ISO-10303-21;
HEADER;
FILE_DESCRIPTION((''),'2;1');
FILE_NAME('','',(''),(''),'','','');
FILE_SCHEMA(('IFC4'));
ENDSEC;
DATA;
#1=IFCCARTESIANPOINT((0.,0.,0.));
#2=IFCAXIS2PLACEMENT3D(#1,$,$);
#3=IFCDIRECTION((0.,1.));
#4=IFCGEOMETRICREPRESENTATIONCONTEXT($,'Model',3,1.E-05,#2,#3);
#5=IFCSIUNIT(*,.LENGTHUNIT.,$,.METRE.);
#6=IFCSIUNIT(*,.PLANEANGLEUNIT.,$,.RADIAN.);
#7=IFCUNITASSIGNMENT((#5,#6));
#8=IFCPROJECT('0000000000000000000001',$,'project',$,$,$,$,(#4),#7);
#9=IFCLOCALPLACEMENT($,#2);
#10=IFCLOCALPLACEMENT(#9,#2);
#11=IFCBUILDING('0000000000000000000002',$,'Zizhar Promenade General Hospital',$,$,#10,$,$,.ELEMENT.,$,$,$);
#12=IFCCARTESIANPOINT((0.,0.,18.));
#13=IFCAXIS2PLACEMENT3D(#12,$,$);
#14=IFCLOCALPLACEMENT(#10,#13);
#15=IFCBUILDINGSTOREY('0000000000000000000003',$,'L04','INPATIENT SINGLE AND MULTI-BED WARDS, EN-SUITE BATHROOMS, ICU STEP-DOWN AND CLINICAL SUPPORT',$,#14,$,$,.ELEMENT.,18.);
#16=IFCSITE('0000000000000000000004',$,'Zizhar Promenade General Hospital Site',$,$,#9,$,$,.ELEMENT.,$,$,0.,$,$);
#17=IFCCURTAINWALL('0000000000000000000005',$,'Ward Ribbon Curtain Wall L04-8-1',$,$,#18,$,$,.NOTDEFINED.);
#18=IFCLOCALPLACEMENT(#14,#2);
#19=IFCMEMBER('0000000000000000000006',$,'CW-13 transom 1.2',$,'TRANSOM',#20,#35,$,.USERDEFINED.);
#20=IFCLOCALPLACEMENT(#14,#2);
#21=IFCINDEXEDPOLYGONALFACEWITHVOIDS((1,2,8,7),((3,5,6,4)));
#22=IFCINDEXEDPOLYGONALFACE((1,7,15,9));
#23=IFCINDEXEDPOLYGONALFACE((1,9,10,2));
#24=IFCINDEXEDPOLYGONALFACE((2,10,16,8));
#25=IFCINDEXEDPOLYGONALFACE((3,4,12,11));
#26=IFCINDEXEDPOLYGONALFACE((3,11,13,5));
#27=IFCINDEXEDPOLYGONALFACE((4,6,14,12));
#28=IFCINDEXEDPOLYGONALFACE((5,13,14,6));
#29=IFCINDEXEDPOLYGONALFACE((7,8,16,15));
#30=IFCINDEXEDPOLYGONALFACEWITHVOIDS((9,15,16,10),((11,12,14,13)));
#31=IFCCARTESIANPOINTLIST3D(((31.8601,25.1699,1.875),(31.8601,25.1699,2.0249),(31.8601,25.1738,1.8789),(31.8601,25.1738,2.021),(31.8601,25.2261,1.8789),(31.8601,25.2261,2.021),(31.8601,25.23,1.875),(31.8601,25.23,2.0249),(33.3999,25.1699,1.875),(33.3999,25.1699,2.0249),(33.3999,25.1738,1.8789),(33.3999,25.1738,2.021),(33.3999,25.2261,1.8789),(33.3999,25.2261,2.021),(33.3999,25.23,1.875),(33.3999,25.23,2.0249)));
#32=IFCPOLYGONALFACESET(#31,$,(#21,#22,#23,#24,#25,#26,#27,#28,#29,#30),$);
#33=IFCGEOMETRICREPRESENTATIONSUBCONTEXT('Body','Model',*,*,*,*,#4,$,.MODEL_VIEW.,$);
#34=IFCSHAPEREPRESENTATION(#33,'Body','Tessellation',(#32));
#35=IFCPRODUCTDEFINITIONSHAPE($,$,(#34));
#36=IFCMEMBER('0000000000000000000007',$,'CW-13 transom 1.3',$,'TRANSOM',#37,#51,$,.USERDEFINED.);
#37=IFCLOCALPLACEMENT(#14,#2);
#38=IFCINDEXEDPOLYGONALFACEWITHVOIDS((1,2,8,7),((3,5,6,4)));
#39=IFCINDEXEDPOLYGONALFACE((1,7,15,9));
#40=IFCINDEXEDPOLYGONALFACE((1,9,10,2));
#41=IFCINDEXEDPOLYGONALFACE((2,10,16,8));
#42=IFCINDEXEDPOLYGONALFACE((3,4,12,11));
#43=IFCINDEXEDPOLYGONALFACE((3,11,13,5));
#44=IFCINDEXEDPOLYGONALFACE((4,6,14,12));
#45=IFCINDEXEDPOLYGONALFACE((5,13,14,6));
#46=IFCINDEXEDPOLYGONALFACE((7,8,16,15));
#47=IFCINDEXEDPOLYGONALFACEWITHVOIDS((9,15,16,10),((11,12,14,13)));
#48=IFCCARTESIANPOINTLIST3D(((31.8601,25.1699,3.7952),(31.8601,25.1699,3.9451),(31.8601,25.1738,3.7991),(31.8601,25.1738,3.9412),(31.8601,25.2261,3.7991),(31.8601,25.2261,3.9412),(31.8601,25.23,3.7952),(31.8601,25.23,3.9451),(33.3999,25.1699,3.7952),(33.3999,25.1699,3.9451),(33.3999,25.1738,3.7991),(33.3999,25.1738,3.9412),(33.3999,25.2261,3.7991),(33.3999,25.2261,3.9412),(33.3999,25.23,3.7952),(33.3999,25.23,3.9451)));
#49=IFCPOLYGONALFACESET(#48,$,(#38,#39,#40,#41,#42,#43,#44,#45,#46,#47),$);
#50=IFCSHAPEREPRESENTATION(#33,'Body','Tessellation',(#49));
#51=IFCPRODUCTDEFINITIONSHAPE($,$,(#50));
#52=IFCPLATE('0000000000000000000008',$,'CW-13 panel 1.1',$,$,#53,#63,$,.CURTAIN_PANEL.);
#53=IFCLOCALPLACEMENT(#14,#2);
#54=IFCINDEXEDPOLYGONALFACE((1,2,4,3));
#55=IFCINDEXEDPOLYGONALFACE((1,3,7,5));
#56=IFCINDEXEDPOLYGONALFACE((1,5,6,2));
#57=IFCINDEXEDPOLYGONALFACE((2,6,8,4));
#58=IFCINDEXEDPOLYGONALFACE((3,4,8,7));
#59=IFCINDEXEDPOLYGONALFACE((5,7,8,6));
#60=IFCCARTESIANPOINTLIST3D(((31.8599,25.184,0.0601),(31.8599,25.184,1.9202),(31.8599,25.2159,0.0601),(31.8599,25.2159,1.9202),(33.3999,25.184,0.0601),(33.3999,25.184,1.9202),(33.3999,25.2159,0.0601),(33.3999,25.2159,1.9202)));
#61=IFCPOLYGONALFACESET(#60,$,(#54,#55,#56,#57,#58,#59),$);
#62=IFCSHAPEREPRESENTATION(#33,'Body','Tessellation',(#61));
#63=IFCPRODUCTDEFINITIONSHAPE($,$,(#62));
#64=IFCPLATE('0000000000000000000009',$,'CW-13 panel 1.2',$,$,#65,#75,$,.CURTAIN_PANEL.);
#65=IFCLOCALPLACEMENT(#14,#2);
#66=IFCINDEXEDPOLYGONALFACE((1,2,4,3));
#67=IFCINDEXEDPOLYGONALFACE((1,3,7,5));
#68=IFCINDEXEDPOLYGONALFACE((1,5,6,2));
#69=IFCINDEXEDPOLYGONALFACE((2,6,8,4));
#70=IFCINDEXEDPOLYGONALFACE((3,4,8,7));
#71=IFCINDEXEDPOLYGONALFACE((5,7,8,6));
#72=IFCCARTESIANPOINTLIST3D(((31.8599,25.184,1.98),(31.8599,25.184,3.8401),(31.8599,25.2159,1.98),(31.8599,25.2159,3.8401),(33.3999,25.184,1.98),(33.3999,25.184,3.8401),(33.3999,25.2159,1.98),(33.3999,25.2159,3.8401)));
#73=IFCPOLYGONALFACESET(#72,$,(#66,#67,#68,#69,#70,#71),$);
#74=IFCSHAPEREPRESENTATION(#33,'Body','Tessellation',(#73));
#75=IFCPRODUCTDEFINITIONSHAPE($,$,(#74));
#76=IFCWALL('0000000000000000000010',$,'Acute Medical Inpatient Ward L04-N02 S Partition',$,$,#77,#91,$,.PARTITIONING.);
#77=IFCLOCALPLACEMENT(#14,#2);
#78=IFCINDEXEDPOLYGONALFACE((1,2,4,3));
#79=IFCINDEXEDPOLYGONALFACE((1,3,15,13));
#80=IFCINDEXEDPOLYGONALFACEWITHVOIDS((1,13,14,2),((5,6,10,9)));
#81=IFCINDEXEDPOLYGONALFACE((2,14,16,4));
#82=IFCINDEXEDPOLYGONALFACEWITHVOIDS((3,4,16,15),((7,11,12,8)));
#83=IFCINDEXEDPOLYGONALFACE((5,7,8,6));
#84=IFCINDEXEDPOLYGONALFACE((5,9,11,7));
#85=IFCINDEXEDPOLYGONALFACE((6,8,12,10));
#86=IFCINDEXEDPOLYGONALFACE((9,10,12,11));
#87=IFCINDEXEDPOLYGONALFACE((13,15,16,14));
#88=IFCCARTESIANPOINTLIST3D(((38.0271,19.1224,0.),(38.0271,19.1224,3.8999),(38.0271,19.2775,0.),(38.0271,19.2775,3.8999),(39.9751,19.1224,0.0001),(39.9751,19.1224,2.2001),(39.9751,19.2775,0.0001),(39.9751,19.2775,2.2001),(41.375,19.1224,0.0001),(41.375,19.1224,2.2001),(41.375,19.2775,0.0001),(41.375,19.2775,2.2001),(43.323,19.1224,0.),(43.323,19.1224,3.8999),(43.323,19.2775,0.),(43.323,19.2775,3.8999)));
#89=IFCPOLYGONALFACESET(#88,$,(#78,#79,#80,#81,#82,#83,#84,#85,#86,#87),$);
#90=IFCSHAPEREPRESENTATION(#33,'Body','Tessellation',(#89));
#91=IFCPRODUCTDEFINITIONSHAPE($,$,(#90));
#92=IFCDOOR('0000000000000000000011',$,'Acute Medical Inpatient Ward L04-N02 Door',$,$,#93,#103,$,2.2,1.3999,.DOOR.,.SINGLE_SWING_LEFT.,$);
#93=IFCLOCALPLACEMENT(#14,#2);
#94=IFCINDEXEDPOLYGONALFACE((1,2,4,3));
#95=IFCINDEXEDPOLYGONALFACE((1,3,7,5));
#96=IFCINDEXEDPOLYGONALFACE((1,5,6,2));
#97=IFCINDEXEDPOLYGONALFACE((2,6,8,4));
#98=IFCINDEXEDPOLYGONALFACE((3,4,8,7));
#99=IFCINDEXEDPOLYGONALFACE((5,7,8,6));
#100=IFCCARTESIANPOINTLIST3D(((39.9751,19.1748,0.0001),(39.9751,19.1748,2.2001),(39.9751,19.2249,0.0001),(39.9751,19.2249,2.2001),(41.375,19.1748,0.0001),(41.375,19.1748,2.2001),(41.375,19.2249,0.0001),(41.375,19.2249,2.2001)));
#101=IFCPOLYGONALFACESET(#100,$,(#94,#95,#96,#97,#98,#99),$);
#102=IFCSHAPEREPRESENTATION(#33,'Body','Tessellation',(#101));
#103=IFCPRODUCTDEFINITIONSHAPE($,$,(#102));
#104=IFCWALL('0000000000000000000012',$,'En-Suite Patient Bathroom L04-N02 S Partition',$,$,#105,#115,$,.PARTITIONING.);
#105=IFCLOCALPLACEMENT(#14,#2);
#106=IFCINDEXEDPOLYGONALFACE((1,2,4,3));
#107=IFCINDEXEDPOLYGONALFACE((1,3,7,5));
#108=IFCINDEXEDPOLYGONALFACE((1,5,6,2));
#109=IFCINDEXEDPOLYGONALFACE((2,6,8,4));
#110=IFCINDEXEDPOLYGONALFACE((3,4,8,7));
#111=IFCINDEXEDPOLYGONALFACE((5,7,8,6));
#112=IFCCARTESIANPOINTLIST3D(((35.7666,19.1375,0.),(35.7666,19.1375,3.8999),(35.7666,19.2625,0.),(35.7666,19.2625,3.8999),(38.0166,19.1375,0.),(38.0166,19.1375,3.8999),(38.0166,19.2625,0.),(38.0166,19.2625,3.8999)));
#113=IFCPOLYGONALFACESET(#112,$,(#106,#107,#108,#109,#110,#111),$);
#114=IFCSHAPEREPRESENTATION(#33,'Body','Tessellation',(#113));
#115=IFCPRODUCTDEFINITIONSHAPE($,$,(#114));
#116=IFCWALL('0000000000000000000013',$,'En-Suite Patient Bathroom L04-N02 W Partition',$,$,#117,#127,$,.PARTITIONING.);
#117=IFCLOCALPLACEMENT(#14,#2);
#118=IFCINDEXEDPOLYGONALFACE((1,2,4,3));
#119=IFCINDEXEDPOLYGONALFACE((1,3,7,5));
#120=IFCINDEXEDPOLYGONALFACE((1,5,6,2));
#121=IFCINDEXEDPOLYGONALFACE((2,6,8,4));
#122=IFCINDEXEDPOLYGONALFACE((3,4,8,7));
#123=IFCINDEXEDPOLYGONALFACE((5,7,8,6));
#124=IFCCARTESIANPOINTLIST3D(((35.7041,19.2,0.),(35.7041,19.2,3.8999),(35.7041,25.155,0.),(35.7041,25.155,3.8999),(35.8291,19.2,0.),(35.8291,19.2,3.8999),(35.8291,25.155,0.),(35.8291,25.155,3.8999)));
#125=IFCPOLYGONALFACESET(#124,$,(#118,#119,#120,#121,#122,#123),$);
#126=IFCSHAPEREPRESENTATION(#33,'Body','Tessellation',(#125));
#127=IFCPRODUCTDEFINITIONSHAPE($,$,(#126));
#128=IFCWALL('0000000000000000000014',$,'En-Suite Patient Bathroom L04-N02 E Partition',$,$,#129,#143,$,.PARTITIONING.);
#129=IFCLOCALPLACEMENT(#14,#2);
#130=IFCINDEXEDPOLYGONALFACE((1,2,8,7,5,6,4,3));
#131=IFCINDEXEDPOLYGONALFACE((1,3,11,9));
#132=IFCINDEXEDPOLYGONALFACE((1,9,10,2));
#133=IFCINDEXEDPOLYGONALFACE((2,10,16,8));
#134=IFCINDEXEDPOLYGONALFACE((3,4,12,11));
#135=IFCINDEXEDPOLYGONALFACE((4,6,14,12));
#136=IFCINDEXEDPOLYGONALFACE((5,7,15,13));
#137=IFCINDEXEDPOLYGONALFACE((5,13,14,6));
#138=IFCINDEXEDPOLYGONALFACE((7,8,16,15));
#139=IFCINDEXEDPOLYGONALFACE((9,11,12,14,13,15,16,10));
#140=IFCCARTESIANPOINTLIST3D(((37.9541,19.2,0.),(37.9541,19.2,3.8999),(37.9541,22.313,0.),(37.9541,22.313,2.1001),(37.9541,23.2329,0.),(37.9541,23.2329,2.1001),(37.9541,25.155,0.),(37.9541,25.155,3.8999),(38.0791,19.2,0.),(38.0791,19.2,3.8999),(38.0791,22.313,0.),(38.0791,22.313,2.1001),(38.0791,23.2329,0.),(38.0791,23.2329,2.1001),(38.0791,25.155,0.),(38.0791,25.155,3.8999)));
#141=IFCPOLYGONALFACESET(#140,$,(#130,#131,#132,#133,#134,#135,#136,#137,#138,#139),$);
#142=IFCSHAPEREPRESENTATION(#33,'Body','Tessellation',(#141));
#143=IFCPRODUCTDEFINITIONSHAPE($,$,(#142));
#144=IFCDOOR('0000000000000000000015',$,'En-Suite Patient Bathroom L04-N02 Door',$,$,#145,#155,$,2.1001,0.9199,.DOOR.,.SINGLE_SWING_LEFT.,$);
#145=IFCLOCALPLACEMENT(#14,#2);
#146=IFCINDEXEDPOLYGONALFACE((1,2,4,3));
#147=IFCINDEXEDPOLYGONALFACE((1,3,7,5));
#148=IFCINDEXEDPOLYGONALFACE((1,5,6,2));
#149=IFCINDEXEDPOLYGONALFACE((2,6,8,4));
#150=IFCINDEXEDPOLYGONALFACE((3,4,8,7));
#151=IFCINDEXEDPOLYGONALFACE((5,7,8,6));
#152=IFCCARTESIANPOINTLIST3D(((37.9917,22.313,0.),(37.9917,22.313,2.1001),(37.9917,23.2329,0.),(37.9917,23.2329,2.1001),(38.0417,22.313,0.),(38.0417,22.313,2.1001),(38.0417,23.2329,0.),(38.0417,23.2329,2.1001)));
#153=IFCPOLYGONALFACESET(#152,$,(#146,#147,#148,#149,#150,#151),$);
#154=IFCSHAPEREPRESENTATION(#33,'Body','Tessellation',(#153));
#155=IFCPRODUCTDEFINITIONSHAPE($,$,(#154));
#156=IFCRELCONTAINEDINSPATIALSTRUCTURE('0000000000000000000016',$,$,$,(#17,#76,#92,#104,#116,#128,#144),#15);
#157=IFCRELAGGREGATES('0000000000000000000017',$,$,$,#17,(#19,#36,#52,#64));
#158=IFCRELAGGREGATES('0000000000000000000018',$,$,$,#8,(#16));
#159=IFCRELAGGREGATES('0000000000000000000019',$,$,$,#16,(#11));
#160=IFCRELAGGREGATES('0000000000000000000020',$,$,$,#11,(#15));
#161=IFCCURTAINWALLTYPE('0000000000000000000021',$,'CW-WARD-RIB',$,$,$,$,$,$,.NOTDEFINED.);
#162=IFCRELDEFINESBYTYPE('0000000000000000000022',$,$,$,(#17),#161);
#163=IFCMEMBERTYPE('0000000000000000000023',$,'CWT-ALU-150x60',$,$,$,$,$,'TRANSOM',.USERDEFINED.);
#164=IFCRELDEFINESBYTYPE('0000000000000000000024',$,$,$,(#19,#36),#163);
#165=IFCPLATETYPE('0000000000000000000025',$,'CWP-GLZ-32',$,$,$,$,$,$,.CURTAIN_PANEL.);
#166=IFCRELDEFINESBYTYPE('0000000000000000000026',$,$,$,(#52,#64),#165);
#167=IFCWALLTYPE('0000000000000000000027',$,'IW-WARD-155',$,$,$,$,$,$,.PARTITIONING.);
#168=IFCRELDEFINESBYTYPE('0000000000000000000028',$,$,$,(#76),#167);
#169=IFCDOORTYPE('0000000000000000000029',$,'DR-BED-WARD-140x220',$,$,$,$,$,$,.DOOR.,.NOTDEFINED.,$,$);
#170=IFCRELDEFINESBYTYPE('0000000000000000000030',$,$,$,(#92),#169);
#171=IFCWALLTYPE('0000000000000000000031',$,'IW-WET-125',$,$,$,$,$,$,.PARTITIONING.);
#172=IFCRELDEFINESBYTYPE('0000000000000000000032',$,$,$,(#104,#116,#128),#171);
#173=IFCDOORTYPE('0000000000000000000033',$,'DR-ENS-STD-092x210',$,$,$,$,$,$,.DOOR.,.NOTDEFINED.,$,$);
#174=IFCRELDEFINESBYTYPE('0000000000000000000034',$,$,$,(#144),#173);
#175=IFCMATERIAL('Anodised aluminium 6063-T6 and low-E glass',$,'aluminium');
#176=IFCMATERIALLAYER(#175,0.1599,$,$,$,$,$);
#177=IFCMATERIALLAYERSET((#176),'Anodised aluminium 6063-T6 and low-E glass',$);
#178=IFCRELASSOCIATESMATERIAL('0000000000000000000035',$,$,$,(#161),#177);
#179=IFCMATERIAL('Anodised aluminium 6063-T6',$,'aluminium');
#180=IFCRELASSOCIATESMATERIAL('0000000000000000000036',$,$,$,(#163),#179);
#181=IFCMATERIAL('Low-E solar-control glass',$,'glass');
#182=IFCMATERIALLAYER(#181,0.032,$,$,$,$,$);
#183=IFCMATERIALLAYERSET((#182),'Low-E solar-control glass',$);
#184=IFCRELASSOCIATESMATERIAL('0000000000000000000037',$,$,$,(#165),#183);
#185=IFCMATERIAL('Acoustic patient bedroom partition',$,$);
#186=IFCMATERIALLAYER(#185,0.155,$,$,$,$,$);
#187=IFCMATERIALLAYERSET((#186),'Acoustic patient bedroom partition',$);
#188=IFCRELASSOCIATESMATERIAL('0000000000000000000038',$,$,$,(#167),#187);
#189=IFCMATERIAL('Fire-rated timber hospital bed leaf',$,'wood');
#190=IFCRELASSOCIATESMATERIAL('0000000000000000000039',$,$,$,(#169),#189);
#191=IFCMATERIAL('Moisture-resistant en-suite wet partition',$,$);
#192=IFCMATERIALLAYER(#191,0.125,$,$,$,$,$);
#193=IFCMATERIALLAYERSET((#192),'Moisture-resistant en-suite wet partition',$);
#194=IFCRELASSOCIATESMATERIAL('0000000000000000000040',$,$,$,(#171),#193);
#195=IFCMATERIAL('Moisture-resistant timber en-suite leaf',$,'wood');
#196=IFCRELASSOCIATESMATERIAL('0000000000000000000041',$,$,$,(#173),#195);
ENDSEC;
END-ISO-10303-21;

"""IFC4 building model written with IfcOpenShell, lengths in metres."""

from ifc_helpers import new_model, si_unit, direction, frame, frame_2d, origin, origin_2d, place, context, subcontext, project, spatial, rectangle, hollow_rectangle, extrude, material, layer, layer_set, material_profile, profile_set, type_object, element, fill, aggregate, save


model = new_model("IFC4")

# Units and contexts
model_context = context("Model", 3, precision=1e-05, world=origin(), true_north=direction((0.0, 1.0)))
body_context = subcontext(model_context, "Body", "Model", "MODEL_VIEW")
ifc_project = project(units=[si_unit("LENGTHUNIT", "METRE"), si_unit("PLANEANGLEUNIT", "RADIAN")], contexts=[model_context])

# Site, building, storey
site_placement = place(None, origin())
site = spatial("IfcSite", under=ifc_project, at=site_placement, Name="Zizhar Promenade General Hospital Site", CompositionType="ELEMENT", RefElevation=0.0)
building_placement = place(site_placement, origin())
building = spatial("IfcBuilding", under=site, at=building_placement, Name="Zizhar Promenade General Hospital", CompositionType="ELEMENT")
storey_placement = place(building_placement, frame((0.0, 0.0, 18.0)))
storey = spatial("IfcBuildingStorey", under=building, at=storey_placement, Name="L04", Description="INPATIENT SINGLE AND MULTI-BED WARDS, EN-SUITE BATHROOMS, ICU STEP-DOWN AND CLINICAL SUPPORT", CompositionType="ELEMENT", Elevation=18.0)

# Curtain wall, members, plates
ifc_material_1 = material(Name="Anodised aluminium 6063-T6 and low-E glass", Category="aluminium")
ifc_layer_1 = layer(ifc_material_1, 0.1599)
ifc_layer_set_1 = layer_set([ifc_layer_1], Name="Anodised aluminium 6063-T6 and low-E glass")
curtain_wall_type = type_object("IfcCurtainWallType", Name="CW-WARD-RIB", PredefinedType="NOTDEFINED", material=ifc_layer_set_1)
curtain_wall_placement = place(storey_placement, origin())
curtain_wall = element("IfcCurtainWall", 1, at=curtain_wall_placement, inside=storey, type_object=curtain_wall_type, Name="Ward Ribbon Curtain Wall L04-8-1", PredefinedType="NOTDEFINED")
ifc_material_2 = material(Name="Anodised aluminium 6063-T6", Category="aluminium")
ifc_material_profile_1 = material_profile(ifc_material_2, hollow_rectangle(XDim=0.0601, YDim=0.1499, WallThickness=0.0039, at=origin_2d()))
ifc_profile_set_1 = profile_set([ifc_material_profile_1], Name="Anodised aluminium 6063-T6")
member_type_1 = type_object("IfcMemberType", Name="CWT-ALU-150x60", ElementType="TRANSOM", PredefinedType="USERDEFINED", material=ifc_profile_set_1)
member_1_placement = place(storey_placement, frame((31.8601, 25.2, 1.95), z_axis=(1.0, 0.0, 0.0), x_axis=(0.0, 1.0, 0.0)))
member_1 = element("IfcMember", 2, at=member_1_placement, type_object=member_type_1, Name="CW-13 transom 1.2", ObjectType="TRANSOM", PredefinedType="USERDEFINED", context=body_context, shape_type="SweptSolid", body=[
    extrude(hollow_rectangle(XDim=0.0601, YDim=0.1499, WallThickness=0.0039, at=origin_2d()), origin(), (0.0, 0.0, 1.0), 1.5398),
])
member_2_placement = place(storey_placement, frame((31.8601, 25.2, 3.8701), z_axis=(1.0, 0.0, 0.0), x_axis=(0.0, 1.0, 0.0)))
member_2 = element("IfcMember", 3, at=member_2_placement, type_object=member_type_1, Name="CW-13 transom 1.3", ObjectType="TRANSOM", PredefinedType="USERDEFINED", context=body_context, shape_type="SweptSolid", body=[
    extrude(hollow_rectangle(XDim=0.0601, YDim=0.1499, WallThickness=0.0039, at=origin_2d()), origin(), (0.0, 0.0, 1.0), 1.5398),
])
ifc_material_3 = material(Name="Low-E solar-control glass", Category="glass")
ifc_layer_2 = layer(ifc_material_3, 0.032)
ifc_layer_set_2 = layer_set([ifc_layer_2], Name="Low-E solar-control glass")
plate_type = type_object("IfcPlateType", Name="CWP-GLZ-32", PredefinedType="CURTAIN_PANEL", material=ifc_layer_set_2)
plate_1_placement = place(storey_placement, frame((32.6299, 25.2, 0.0601), z_axis=(0.0, 0.0, 1.0), x_axis=(1.0, 0.0, 0.0)))
plate_1 = element("IfcPlate", 4, at=plate_1_placement, type_object=plate_type, Name="CW-13 panel 1.1", PredefinedType="CURTAIN_PANEL", context=body_context, shape_type="SweptSolid", body=[
    extrude(rectangle(XDim=1.54, YDim=0.032, at=origin_2d()), origin(), (0.0, 0.0, 1.0), 1.8601),
])
plate_2_placement = place(storey_placement, frame((32.6299, 25.2, 1.98), z_axis=(0.0, 0.0, 1.0), x_axis=(1.0, 0.0, 0.0)))
plate_2 = element("IfcPlate", 5, at=plate_2_placement, type_object=plate_type, Name="CW-13 panel 1.2", PredefinedType="CURTAIN_PANEL", context=body_context, shape_type="SweptSolid", body=[
    extrude(rectangle(XDim=1.54, YDim=0.032, at=origin_2d()), origin(), (0.0, 0.0, 1.0), 1.8601),
])
aggregate(curtain_wall, [member_1, member_2, plate_1, plate_2])

# Wall, opening, door
ifc_material_4 = material(Name="Acoustic patient bedroom partition")
ifc_layer_3 = layer(ifc_material_4, 0.155)
ifc_layer_set_3 = layer_set([ifc_layer_3], Name="Acoustic patient bedroom partition")
wall_type_1 = type_object("IfcWallType", Name="IW-WARD-155", PredefinedType="PARTITIONING", material=ifc_layer_set_3)
wall_1_placement = place(storey_placement, frame((38.0271, 19.2, 0.0), z_axis=(0.0, 0.0, 1.0), x_axis=(1.0, 0.0, 0.0)))
wall_1 = element("IfcWall", 6, at=wall_1_placement, inside=storey, type_object=wall_type_1, Name="Acute Medical Inpatient Ward L04-N02 S Partition", PredefinedType="PARTITIONING", context=body_context, shape_type="SweptSolid", body=[
    extrude(rectangle(XDim=5.2959, YDim=0.155, at=frame_2d((2.6479, 0.0))), origin(), (0.0, 0.0, 1.0), 3.8999),
])
opening_1_placement = place(wall_1_placement, frame((1.948, 0.0, 0.0)))
opening_1 = element("IfcOpeningElement", 7, at=opening_1_placement, cuts=wall_1, PredefinedType="OPENING", context=body_context, shape_type="SweptSolid", body=[
    extrude(rectangle(XDim=1.3999, YDim=2.2, at=frame_2d((0.7, 1.1001))), frame((0.0, 0.0874, 0.0), z_axis=(0.0, -1.0, 0.0), x_axis=(1.0, 0.0, 0.0)), (0.0, 0.0, 1.0), 0.175),
])
ifc_material_5 = material(Name="Fire-rated timber hospital bed leaf", Category="wood")
door_type_1 = type_object("IfcDoorType", Name="DR-BED-WARD-140x220", OperationType="NOTDEFINED", PredefinedType="DOOR", material=ifc_material_5)
door_1_placement = place(opening_1_placement, origin())
door_1 = element("IfcDoor", 8, at=door_1_placement, inside=storey, type_object=door_type_1, Name="Acute Medical Inpatient Ward L04-N02 Door", OperationType="SINGLE_SWING_LEFT", OverallHeight=2.2, OverallWidth=1.3999, PredefinedType="DOOR", context=body_context, shape_type="SweptSolid", body=[
    extrude(rectangle(XDim=1.3999, YDim=2.2, at=frame_2d((0.7, 1.1001))), frame((0.0, 0.0249, 0.0), z_axis=(0.0, -1.0, 0.0), x_axis=(1.0, 0.0, 0.0)), (0.0, 0.0, 1.0), 0.05),
])
fill(opening_1, door_1)

# Walls
ifc_material_6 = material(Name="Moisture-resistant en-suite wet partition")
ifc_layer_4 = layer(ifc_material_6, 0.125)
ifc_layer_set_4 = layer_set([ifc_layer_4], Name="Moisture-resistant en-suite wet partition")
wall_type_2 = type_object("IfcWallType", Name="IW-WET-125", PredefinedType="PARTITIONING", material=ifc_layer_set_4)
wall_2_placement = place(storey_placement, frame((35.7666, 19.2, 0.0), z_axis=(0.0, 0.0, 1.0), x_axis=(1.0, 0.0, 0.0)))
element("IfcWall", 9, at=wall_2_placement, inside=storey, type_object=wall_type_2, Name="En-Suite Patient Bathroom L04-N02 S Partition", PredefinedType="PARTITIONING", context=body_context, shape_type="SweptSolid", body=[
    extrude(rectangle(XDim=2.25, YDim=0.125, at=frame_2d((1.125, 0.0))), origin(), (0.0, 0.0, 1.0), 3.8999),
])
wall_3_placement = place(storey_placement, frame((35.7666, 19.2, 0.0), z_axis=(0.0, 0.0, 1.0), x_axis=(0.0, 1.0, 0.0)))
element("IfcWall", 10, at=wall_3_placement, inside=storey, type_object=wall_type_2, Name="En-Suite Patient Bathroom L04-N02 W Partition", PredefinedType="PARTITIONING", context=body_context, shape_type="SweptSolid", body=[
    extrude(rectangle(XDim=5.9551, YDim=0.125, at=frame_2d((2.9775, 0.0))), origin(), (0.0, 0.0, 1.0), 3.8999),
])

# Wall, opening, door
wall_4_placement = place(storey_placement, frame((38.0166, 19.2, 0.0), z_axis=(0.0, 0.0, 1.0), x_axis=(0.0, 1.0, 0.0)))
wall_4 = element("IfcWall", 11, at=wall_4_placement, inside=storey, type_object=wall_type_2, Name="En-Suite Patient Bathroom L04-N02 E Partition", PredefinedType="PARTITIONING", context=body_context, shape_type="SweptSolid", body=[
    extrude(rectangle(XDim=5.9551, YDim=0.125, at=frame_2d((2.9775, 0.0))), origin(), (0.0, 0.0, 1.0), 3.8999),
])
opening_2_placement = place(wall_4_placement, frame((3.113, 0.0, 0.0)))
opening_2 = element("IfcOpeningElement", 12, at=opening_2_placement, cuts=wall_4, PredefinedType="OPENING", context=body_context, shape_type="SweptSolid", body=[
    extrude(rectangle(XDim=0.9199, YDim=2.1001, at=frame_2d((0.46, 1.05))), frame((0.0, 0.0725, 0.0), z_axis=(0.0, -1.0, 0.0), x_axis=(1.0, 0.0, 0.0)), (0.0, 0.0, 1.0), 0.145),
])
ifc_material_7 = material(Name="Moisture-resistant timber en-suite leaf", Category="wood")
door_type_2 = type_object("IfcDoorType", Name="DR-ENS-STD-092x210", OperationType="NOTDEFINED", PredefinedType="DOOR", material=ifc_material_7)
door_2_placement = place(opening_2_placement, origin())
door_2 = element("IfcDoor", 13, at=door_2_placement, inside=storey, type_object=door_type_2, Name="En-Suite Patient Bathroom L04-N02 Door", OperationType="SINGLE_SWING_LEFT", OverallHeight=2.1001, OverallWidth=0.9199, PredefinedType="DOOR", context=body_context, shape_type="SweptSolid", body=[
    extrude(rectangle(XDim=0.9199, YDim=2.1001, at=frame_2d((0.46, 1.05))), frame((0.0, 0.0249, 0.0), z_axis=(0.0, -1.0, 0.0), x_axis=(1.0, 0.0, 0.0)), (0.0, 0.0, 1.0), 0.05),
])
fill(opening_2, door_2)

save(model, "model.ifc")
